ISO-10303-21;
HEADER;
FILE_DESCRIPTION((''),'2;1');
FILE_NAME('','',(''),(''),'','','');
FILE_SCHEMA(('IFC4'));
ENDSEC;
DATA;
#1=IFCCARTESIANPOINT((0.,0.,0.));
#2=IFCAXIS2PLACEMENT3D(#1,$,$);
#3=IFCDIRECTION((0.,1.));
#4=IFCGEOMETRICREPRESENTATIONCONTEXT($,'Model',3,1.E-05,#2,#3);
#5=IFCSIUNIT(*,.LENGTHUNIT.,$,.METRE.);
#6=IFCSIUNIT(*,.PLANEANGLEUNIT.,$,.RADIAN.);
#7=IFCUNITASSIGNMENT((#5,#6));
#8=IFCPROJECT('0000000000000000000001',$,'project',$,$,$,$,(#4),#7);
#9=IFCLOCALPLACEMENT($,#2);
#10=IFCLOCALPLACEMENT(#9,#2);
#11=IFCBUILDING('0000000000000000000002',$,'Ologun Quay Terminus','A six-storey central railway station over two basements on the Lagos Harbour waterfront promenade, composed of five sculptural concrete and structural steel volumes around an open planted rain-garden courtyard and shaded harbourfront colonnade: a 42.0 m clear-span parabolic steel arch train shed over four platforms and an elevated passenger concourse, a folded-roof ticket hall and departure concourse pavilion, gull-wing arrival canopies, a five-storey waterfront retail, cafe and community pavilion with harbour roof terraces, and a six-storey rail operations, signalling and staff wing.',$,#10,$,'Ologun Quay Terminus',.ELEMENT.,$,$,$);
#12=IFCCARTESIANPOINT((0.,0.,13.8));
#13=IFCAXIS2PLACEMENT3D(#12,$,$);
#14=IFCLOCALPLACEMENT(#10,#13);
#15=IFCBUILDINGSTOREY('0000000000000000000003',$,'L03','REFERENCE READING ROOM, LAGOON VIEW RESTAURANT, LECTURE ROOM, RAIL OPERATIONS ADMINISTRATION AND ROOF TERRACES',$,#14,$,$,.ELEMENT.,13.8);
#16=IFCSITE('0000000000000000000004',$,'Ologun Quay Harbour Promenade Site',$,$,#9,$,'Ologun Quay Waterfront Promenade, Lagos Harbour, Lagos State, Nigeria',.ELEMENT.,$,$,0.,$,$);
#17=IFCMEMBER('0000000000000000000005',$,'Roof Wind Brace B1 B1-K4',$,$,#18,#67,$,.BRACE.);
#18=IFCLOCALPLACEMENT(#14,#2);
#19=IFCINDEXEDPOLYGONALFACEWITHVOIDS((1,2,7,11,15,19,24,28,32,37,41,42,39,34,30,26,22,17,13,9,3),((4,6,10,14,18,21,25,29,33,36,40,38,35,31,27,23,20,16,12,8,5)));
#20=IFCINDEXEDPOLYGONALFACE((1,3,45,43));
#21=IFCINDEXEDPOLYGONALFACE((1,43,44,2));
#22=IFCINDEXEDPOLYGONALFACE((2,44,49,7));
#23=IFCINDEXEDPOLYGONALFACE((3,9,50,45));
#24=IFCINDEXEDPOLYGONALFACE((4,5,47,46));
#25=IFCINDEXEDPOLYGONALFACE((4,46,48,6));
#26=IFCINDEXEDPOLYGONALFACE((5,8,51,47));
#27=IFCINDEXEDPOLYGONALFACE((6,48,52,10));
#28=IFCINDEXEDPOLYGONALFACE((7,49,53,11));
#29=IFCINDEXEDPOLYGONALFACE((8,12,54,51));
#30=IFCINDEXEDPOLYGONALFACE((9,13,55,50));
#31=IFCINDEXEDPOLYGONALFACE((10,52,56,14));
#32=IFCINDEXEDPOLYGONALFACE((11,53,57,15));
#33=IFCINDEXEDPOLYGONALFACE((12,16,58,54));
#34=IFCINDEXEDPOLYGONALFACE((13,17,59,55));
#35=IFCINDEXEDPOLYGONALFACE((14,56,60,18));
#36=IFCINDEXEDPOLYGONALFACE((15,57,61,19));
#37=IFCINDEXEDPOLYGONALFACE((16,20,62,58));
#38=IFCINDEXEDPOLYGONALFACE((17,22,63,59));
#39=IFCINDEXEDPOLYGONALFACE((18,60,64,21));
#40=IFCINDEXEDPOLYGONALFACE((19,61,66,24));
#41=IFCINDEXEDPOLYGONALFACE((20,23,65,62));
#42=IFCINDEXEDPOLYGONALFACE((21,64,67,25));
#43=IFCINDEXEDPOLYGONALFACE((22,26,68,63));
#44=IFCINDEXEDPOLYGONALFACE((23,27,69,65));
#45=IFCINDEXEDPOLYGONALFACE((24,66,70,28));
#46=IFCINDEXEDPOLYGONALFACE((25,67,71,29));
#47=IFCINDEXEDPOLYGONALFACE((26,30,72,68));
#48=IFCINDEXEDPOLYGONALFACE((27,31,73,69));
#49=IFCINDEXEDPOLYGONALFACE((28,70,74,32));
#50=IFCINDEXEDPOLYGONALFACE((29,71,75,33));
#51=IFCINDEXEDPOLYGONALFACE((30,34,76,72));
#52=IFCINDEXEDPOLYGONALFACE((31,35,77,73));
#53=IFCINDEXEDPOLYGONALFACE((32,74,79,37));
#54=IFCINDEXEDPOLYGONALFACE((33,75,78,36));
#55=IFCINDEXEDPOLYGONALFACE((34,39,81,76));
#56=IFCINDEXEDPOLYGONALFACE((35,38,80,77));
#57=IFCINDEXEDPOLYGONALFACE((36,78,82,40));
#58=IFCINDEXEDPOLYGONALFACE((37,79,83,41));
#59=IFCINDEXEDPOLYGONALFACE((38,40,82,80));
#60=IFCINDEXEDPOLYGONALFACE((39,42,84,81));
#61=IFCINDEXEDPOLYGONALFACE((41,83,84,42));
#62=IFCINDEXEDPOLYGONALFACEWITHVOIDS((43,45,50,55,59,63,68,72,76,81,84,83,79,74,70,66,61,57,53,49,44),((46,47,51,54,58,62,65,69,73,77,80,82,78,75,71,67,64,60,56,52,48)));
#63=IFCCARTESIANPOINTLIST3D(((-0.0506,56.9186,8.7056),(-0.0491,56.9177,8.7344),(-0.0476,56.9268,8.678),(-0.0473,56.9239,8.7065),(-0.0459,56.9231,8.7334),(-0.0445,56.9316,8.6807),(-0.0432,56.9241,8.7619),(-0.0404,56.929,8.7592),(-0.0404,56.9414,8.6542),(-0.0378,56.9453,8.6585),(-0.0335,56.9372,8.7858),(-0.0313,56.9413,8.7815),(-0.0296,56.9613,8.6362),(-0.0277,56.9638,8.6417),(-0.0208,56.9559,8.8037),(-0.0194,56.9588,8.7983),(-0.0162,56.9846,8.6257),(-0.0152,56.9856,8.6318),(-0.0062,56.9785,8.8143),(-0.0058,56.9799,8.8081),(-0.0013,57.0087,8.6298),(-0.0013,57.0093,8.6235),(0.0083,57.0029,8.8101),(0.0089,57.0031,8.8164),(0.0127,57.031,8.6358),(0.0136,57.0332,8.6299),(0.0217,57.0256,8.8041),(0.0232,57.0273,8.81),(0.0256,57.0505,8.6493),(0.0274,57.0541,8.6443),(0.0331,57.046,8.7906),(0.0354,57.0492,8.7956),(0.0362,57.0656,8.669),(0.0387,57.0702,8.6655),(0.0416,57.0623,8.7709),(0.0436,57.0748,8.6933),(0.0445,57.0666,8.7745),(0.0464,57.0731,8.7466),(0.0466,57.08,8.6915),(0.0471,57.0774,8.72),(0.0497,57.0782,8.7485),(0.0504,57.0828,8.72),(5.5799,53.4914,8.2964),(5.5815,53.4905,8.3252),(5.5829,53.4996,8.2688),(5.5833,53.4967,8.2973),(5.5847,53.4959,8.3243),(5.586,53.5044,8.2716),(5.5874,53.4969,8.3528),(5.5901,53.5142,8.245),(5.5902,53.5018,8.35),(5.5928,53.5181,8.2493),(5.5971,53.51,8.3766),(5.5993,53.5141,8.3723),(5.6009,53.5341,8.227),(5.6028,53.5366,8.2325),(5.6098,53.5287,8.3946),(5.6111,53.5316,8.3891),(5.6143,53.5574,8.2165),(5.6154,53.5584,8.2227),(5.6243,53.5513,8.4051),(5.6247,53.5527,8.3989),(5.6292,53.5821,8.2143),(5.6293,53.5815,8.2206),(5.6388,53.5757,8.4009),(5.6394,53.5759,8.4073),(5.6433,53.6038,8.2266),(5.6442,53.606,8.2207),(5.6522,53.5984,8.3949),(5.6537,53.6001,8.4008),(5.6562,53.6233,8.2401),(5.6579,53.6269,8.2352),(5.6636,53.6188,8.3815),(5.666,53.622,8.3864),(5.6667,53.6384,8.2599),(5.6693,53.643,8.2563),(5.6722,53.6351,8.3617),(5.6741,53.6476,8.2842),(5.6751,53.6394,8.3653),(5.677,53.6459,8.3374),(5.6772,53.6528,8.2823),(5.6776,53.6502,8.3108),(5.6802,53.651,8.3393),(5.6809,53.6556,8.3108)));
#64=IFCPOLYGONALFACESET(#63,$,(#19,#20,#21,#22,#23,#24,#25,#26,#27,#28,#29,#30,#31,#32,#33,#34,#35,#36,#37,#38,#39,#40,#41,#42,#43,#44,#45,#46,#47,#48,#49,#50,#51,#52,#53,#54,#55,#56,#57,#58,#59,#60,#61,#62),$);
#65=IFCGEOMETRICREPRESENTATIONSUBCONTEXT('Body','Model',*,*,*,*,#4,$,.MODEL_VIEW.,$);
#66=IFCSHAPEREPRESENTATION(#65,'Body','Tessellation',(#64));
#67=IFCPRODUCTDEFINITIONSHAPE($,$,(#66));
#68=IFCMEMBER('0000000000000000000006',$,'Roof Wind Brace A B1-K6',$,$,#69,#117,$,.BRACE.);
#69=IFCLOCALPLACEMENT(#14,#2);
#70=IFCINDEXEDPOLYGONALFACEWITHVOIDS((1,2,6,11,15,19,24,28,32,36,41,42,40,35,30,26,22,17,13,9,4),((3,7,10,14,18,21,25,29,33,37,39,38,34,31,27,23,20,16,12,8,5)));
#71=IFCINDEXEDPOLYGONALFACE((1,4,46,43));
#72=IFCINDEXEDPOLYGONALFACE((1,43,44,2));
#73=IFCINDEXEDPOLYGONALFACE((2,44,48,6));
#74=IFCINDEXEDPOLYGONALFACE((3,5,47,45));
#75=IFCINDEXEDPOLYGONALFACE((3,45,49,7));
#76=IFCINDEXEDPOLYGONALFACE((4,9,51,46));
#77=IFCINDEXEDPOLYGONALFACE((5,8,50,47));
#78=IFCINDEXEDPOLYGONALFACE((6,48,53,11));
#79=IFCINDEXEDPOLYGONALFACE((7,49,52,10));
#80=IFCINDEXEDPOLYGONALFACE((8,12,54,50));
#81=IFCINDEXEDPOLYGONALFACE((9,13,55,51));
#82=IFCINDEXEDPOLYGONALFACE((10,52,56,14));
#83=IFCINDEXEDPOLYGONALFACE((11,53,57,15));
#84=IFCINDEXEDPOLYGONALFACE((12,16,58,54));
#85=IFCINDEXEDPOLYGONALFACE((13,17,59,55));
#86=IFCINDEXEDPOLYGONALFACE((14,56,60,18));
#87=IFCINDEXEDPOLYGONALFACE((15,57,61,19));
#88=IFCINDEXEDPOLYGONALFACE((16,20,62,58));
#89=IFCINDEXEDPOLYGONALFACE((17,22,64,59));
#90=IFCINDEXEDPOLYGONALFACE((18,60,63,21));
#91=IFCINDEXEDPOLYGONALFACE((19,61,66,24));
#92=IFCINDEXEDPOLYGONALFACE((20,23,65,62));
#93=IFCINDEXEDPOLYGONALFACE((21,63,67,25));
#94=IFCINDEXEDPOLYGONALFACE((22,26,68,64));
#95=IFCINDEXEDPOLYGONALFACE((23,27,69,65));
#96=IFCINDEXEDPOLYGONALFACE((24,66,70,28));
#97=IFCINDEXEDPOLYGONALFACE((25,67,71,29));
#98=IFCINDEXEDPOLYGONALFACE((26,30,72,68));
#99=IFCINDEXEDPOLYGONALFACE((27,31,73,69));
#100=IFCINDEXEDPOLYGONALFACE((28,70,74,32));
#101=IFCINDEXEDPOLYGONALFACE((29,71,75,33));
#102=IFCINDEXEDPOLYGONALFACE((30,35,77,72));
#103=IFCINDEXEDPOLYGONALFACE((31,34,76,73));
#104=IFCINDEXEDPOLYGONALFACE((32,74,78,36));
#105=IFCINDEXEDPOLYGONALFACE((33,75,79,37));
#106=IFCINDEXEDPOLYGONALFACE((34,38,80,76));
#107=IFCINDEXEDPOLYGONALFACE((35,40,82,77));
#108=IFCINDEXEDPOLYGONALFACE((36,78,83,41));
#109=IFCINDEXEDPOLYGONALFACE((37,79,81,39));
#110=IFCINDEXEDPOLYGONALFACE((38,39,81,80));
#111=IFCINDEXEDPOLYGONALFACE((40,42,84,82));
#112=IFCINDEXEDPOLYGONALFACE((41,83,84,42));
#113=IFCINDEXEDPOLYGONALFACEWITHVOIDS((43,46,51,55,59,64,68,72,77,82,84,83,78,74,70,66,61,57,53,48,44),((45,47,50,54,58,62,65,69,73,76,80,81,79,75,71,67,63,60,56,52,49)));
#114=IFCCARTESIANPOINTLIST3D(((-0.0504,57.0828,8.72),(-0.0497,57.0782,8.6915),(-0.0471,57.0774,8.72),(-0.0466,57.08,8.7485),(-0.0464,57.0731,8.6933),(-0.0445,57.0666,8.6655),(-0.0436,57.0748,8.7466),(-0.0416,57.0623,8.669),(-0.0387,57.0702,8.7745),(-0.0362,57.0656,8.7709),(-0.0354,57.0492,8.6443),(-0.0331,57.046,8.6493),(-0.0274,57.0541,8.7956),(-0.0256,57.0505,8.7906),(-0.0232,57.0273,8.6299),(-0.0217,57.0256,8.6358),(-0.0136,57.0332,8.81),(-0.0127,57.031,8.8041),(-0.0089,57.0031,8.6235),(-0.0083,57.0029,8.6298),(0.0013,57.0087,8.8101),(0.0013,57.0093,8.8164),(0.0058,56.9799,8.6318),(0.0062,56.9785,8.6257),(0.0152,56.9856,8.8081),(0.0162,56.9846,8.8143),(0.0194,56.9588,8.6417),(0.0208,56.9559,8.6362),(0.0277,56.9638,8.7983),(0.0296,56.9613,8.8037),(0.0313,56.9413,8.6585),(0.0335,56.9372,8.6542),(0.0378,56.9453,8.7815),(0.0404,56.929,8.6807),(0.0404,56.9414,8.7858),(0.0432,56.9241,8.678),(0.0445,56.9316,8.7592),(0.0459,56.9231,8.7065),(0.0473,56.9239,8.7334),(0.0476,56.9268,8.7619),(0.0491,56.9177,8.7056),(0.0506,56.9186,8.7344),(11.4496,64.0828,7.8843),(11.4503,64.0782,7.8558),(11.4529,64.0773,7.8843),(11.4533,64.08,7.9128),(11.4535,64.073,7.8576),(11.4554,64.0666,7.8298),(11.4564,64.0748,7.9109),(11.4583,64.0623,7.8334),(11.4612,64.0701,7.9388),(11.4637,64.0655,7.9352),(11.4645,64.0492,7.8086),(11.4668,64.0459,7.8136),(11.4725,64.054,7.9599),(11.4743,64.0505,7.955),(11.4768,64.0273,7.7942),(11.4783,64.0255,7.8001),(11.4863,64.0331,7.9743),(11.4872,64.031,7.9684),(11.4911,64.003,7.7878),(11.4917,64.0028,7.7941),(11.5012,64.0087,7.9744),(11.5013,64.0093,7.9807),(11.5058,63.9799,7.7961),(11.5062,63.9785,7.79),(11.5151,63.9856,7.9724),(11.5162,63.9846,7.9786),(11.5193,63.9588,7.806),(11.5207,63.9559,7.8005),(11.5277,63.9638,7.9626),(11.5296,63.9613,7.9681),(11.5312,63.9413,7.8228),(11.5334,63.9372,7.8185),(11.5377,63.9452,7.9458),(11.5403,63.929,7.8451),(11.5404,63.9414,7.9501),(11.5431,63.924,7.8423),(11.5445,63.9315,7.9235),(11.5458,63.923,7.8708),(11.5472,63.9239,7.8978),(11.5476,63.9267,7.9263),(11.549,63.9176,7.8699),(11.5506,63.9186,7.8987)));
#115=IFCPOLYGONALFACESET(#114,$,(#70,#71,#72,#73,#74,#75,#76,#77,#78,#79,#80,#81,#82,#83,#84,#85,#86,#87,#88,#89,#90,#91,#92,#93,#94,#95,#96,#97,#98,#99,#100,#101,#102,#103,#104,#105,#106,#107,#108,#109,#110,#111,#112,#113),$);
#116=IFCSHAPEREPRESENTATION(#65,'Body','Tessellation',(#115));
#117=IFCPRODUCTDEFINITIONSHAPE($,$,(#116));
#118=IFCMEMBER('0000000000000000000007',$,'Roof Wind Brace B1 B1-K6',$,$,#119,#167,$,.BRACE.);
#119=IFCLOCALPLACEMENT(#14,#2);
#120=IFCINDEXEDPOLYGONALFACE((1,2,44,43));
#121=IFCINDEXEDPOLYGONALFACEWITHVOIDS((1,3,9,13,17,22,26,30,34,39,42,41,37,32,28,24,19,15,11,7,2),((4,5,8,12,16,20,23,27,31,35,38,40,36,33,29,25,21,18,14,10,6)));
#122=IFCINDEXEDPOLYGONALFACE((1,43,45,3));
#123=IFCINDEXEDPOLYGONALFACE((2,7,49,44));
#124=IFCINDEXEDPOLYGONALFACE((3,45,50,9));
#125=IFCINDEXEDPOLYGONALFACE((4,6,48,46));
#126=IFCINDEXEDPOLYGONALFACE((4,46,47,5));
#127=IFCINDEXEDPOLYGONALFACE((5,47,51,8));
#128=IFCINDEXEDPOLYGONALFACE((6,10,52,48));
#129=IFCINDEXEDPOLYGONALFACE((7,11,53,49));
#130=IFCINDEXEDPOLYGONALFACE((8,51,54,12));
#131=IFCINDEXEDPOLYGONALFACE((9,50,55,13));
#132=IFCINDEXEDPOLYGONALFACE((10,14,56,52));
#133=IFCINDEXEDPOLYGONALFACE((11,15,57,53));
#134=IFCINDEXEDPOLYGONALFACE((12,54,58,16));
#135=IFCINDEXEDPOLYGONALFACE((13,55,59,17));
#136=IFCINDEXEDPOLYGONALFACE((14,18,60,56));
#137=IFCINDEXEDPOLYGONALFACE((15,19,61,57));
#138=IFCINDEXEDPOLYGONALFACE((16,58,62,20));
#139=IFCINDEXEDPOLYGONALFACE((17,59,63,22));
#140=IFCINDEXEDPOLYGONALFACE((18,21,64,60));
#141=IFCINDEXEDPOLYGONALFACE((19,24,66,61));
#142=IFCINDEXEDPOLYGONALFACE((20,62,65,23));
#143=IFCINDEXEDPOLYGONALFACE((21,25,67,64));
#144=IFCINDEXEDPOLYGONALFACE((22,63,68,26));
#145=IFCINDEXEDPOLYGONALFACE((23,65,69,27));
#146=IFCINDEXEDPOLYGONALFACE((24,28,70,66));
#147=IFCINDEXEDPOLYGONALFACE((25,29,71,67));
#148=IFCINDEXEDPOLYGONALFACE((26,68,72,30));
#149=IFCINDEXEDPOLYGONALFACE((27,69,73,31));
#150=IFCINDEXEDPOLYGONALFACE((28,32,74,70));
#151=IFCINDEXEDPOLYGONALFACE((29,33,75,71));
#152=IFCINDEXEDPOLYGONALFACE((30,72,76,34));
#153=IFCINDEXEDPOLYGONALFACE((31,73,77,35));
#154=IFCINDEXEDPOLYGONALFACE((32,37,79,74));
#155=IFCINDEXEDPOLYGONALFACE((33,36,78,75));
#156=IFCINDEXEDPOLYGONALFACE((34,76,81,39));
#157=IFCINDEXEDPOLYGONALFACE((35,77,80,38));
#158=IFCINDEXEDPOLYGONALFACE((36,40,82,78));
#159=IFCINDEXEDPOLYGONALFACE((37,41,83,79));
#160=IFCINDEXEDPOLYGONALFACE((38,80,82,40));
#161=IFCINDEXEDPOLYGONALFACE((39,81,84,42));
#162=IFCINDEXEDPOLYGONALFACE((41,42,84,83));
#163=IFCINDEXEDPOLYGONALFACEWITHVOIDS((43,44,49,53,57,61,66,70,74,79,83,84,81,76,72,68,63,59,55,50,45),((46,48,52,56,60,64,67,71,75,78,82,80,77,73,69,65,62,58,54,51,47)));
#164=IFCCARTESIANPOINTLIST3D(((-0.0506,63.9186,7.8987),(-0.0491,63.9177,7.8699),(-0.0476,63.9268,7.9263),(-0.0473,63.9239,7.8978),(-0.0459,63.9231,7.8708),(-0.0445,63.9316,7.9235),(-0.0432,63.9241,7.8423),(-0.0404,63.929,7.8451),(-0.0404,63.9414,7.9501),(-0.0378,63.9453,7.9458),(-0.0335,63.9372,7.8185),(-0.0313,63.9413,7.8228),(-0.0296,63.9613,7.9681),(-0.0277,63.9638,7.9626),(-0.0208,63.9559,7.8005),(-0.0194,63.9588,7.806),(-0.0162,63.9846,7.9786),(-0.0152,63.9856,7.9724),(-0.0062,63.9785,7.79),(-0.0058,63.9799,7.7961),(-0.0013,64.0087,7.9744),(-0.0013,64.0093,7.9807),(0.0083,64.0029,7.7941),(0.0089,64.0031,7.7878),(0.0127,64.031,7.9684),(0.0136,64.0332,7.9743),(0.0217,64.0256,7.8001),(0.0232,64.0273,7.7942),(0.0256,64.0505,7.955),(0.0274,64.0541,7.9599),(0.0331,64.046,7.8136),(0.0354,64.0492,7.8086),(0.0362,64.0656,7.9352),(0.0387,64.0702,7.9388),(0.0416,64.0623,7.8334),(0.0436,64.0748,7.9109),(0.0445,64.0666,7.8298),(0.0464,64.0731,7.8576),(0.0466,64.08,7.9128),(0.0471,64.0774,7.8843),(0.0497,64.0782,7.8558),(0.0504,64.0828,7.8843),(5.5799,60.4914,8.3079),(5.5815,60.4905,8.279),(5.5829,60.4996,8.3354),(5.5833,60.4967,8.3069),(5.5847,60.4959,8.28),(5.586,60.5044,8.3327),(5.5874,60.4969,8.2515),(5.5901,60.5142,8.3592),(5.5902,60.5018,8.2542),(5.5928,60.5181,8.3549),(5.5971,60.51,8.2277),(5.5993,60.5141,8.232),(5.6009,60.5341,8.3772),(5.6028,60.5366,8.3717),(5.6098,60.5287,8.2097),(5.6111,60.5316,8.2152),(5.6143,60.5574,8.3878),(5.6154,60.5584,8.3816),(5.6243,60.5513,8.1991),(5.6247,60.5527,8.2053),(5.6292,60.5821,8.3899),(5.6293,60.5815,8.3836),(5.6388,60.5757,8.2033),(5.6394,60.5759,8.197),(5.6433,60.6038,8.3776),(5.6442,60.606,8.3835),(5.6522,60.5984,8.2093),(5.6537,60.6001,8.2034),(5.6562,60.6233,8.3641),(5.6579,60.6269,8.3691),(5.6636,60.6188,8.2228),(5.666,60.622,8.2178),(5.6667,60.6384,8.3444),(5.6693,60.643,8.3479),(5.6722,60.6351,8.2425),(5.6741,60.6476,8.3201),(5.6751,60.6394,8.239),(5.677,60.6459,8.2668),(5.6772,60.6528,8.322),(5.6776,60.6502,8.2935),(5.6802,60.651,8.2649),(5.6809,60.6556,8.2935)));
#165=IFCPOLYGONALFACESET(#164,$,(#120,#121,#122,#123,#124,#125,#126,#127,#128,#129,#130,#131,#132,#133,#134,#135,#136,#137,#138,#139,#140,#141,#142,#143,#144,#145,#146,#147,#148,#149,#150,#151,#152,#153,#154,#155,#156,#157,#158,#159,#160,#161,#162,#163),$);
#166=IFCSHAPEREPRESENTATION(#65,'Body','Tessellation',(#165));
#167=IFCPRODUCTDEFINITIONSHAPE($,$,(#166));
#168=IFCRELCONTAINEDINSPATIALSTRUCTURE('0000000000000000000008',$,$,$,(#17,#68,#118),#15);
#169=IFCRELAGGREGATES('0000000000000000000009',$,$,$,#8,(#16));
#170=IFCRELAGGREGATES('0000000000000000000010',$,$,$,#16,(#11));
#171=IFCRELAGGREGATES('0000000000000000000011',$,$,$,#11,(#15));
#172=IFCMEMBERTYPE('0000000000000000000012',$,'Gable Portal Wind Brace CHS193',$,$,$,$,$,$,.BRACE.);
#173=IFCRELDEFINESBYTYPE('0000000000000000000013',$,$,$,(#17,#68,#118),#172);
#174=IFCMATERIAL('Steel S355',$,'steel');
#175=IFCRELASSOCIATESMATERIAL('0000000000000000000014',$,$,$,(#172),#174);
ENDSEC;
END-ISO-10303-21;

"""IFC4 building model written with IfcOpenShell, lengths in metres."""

from ifc_helpers import new_model, si_unit, direction, frame, origin, origin_2d, place, context, subcontext, project, spatial, hollow_circle, extrude, material, material_profile, profile_set, type_object, element, save


model = new_model("IFC4")

# Units and contexts
model_context = context("Model", 3, precision=1e-05, world=origin(), true_north=direction((0.0, 1.0)))
body_context = subcontext(model_context, "Body", "Model", "MODEL_VIEW")
ifc_project = project(units=[si_unit("LENGTHUNIT", "METRE"), si_unit("PLANEANGLEUNIT", "RADIAN")], contexts=[model_context])

# Site, building, storey
site_placement = place(None, origin())
site = spatial("IfcSite", under=ifc_project, at=site_placement, Name="Ologun Quay Harbour Promenade Site", LongName="Ologun Quay Waterfront Promenade, Lagos Harbour, Lagos State, Nigeria", CompositionType="ELEMENT", RefElevation=0.0)
building_placement = place(site_placement, origin())
building = spatial("IfcBuilding", under=site, at=building_placement, Name="Ologun Quay Terminus", Description="A six-storey central railway station over two basements on the Lagos Harbour waterfront promenade, composed of five sculptural concrete and structural steel volumes around an open planted rain-garden courtyard and shaded harbourfront colonnade: a 42.0 m clear-span parabolic steel arch train shed over four platforms and an elevated passenger concourse, a folded-roof ticket hall and departure concourse pavilion, gull-wing arrival canopies, a five-storey waterfront retail, cafe and community pavilion with harbour roof terraces, and a six-storey rail operations, signalling and staff wing.", LongName="Ologun Quay Terminus", CompositionType="ELEMENT")
storey_placement = place(building_placement, frame((0.0, 0.0, 13.8)))
storey = spatial("IfcBuildingStorey", under=building, at=storey_placement, Name="L03", Description="REFERENCE READING ROOM, LAGOON VIEW RESTAURANT, LECTURE ROOM, RAIL OPERATIONS ADMINISTRATION AND ROOF TERRACES", CompositionType="ELEMENT", Elevation=13.8)

# Members
ifc_material_1 = material(Name="Steel S355", Category="steel")
ifc_material_profile_1 = material_profile(ifc_material_1, hollow_circle(Radius=0.0969, WallThickness=0.0063, at=origin_2d()), Name="CHS 193.7x6.3")
ifc_profile_set_1 = profile_set([ifc_material_profile_1], Name="Steel S355")
member_type_1 = type_object("IfcMemberType", Name="Gable Portal Wind Brace CHS193", PredefinedType="BRACE", material=ifc_profile_set_1)
member_1_placement = place(storey_placement, frame((0.0, 57.0, 8.72), z_axis=(0.852563, -0.518939, -0.061956), x_axis=(0.519938, 0.854204, 0.0)))
element("IfcMember", 1, at=member_1_placement, inside=storey, type_object=member_type_1, Name="Roof Wind Brace B1 B1-K4", PredefinedType="BRACE", context=body_context, shape_type="SweptSolid", body=[
    extrude(hollow_circle(Radius=0.0969, WallThickness=0.0063, at=origin_2d()), origin(), (0.0, 0.0, 1.0), 6.6042),
])
member_2_placement = place(storey_placement, frame((0.0, 57.0, 8.72), z_axis=(0.852558, 0.518948, -0.061954), x_axis=(-0.519947, 0.854199, 0.0)))
element("IfcMember", 2, at=member_2_placement, inside=storey, type_object=member_type_1, Name="Roof Wind Brace A B1-K6", PredefinedType="BRACE", context=body_context, shape_type="SweptSolid", body=[
    extrude(hollow_circle(Radius=0.0969, WallThickness=0.0063, at=origin_2d()), origin(), (0.0, 0.0, 1.0), 13.4888),
])
for number, where, z_axis, x_axis, name in (
    (3, (0.0, 64.0, 7.8843), (0.852563, -0.518939, 0.061956), (0.519938, 0.854204, 0.0), "Roof Wind Brace B1 B1-K6"),
):
    element("IfcMember", number, at=place(storey_placement, frame(where, z_axis=z_axis, x_axis=x_axis)), inside=storey, type_object=member_type_1, Name=name, PredefinedType="BRACE", context=body_context, shape_type="SweptSolid", body=[
        extrude(hollow_circle(Radius=0.0969, WallThickness=0.0063, at=origin_2d()), origin(), (0.0, 0.0, 1.0), 6.6042),
    ])

save(model, "model.ifc")
